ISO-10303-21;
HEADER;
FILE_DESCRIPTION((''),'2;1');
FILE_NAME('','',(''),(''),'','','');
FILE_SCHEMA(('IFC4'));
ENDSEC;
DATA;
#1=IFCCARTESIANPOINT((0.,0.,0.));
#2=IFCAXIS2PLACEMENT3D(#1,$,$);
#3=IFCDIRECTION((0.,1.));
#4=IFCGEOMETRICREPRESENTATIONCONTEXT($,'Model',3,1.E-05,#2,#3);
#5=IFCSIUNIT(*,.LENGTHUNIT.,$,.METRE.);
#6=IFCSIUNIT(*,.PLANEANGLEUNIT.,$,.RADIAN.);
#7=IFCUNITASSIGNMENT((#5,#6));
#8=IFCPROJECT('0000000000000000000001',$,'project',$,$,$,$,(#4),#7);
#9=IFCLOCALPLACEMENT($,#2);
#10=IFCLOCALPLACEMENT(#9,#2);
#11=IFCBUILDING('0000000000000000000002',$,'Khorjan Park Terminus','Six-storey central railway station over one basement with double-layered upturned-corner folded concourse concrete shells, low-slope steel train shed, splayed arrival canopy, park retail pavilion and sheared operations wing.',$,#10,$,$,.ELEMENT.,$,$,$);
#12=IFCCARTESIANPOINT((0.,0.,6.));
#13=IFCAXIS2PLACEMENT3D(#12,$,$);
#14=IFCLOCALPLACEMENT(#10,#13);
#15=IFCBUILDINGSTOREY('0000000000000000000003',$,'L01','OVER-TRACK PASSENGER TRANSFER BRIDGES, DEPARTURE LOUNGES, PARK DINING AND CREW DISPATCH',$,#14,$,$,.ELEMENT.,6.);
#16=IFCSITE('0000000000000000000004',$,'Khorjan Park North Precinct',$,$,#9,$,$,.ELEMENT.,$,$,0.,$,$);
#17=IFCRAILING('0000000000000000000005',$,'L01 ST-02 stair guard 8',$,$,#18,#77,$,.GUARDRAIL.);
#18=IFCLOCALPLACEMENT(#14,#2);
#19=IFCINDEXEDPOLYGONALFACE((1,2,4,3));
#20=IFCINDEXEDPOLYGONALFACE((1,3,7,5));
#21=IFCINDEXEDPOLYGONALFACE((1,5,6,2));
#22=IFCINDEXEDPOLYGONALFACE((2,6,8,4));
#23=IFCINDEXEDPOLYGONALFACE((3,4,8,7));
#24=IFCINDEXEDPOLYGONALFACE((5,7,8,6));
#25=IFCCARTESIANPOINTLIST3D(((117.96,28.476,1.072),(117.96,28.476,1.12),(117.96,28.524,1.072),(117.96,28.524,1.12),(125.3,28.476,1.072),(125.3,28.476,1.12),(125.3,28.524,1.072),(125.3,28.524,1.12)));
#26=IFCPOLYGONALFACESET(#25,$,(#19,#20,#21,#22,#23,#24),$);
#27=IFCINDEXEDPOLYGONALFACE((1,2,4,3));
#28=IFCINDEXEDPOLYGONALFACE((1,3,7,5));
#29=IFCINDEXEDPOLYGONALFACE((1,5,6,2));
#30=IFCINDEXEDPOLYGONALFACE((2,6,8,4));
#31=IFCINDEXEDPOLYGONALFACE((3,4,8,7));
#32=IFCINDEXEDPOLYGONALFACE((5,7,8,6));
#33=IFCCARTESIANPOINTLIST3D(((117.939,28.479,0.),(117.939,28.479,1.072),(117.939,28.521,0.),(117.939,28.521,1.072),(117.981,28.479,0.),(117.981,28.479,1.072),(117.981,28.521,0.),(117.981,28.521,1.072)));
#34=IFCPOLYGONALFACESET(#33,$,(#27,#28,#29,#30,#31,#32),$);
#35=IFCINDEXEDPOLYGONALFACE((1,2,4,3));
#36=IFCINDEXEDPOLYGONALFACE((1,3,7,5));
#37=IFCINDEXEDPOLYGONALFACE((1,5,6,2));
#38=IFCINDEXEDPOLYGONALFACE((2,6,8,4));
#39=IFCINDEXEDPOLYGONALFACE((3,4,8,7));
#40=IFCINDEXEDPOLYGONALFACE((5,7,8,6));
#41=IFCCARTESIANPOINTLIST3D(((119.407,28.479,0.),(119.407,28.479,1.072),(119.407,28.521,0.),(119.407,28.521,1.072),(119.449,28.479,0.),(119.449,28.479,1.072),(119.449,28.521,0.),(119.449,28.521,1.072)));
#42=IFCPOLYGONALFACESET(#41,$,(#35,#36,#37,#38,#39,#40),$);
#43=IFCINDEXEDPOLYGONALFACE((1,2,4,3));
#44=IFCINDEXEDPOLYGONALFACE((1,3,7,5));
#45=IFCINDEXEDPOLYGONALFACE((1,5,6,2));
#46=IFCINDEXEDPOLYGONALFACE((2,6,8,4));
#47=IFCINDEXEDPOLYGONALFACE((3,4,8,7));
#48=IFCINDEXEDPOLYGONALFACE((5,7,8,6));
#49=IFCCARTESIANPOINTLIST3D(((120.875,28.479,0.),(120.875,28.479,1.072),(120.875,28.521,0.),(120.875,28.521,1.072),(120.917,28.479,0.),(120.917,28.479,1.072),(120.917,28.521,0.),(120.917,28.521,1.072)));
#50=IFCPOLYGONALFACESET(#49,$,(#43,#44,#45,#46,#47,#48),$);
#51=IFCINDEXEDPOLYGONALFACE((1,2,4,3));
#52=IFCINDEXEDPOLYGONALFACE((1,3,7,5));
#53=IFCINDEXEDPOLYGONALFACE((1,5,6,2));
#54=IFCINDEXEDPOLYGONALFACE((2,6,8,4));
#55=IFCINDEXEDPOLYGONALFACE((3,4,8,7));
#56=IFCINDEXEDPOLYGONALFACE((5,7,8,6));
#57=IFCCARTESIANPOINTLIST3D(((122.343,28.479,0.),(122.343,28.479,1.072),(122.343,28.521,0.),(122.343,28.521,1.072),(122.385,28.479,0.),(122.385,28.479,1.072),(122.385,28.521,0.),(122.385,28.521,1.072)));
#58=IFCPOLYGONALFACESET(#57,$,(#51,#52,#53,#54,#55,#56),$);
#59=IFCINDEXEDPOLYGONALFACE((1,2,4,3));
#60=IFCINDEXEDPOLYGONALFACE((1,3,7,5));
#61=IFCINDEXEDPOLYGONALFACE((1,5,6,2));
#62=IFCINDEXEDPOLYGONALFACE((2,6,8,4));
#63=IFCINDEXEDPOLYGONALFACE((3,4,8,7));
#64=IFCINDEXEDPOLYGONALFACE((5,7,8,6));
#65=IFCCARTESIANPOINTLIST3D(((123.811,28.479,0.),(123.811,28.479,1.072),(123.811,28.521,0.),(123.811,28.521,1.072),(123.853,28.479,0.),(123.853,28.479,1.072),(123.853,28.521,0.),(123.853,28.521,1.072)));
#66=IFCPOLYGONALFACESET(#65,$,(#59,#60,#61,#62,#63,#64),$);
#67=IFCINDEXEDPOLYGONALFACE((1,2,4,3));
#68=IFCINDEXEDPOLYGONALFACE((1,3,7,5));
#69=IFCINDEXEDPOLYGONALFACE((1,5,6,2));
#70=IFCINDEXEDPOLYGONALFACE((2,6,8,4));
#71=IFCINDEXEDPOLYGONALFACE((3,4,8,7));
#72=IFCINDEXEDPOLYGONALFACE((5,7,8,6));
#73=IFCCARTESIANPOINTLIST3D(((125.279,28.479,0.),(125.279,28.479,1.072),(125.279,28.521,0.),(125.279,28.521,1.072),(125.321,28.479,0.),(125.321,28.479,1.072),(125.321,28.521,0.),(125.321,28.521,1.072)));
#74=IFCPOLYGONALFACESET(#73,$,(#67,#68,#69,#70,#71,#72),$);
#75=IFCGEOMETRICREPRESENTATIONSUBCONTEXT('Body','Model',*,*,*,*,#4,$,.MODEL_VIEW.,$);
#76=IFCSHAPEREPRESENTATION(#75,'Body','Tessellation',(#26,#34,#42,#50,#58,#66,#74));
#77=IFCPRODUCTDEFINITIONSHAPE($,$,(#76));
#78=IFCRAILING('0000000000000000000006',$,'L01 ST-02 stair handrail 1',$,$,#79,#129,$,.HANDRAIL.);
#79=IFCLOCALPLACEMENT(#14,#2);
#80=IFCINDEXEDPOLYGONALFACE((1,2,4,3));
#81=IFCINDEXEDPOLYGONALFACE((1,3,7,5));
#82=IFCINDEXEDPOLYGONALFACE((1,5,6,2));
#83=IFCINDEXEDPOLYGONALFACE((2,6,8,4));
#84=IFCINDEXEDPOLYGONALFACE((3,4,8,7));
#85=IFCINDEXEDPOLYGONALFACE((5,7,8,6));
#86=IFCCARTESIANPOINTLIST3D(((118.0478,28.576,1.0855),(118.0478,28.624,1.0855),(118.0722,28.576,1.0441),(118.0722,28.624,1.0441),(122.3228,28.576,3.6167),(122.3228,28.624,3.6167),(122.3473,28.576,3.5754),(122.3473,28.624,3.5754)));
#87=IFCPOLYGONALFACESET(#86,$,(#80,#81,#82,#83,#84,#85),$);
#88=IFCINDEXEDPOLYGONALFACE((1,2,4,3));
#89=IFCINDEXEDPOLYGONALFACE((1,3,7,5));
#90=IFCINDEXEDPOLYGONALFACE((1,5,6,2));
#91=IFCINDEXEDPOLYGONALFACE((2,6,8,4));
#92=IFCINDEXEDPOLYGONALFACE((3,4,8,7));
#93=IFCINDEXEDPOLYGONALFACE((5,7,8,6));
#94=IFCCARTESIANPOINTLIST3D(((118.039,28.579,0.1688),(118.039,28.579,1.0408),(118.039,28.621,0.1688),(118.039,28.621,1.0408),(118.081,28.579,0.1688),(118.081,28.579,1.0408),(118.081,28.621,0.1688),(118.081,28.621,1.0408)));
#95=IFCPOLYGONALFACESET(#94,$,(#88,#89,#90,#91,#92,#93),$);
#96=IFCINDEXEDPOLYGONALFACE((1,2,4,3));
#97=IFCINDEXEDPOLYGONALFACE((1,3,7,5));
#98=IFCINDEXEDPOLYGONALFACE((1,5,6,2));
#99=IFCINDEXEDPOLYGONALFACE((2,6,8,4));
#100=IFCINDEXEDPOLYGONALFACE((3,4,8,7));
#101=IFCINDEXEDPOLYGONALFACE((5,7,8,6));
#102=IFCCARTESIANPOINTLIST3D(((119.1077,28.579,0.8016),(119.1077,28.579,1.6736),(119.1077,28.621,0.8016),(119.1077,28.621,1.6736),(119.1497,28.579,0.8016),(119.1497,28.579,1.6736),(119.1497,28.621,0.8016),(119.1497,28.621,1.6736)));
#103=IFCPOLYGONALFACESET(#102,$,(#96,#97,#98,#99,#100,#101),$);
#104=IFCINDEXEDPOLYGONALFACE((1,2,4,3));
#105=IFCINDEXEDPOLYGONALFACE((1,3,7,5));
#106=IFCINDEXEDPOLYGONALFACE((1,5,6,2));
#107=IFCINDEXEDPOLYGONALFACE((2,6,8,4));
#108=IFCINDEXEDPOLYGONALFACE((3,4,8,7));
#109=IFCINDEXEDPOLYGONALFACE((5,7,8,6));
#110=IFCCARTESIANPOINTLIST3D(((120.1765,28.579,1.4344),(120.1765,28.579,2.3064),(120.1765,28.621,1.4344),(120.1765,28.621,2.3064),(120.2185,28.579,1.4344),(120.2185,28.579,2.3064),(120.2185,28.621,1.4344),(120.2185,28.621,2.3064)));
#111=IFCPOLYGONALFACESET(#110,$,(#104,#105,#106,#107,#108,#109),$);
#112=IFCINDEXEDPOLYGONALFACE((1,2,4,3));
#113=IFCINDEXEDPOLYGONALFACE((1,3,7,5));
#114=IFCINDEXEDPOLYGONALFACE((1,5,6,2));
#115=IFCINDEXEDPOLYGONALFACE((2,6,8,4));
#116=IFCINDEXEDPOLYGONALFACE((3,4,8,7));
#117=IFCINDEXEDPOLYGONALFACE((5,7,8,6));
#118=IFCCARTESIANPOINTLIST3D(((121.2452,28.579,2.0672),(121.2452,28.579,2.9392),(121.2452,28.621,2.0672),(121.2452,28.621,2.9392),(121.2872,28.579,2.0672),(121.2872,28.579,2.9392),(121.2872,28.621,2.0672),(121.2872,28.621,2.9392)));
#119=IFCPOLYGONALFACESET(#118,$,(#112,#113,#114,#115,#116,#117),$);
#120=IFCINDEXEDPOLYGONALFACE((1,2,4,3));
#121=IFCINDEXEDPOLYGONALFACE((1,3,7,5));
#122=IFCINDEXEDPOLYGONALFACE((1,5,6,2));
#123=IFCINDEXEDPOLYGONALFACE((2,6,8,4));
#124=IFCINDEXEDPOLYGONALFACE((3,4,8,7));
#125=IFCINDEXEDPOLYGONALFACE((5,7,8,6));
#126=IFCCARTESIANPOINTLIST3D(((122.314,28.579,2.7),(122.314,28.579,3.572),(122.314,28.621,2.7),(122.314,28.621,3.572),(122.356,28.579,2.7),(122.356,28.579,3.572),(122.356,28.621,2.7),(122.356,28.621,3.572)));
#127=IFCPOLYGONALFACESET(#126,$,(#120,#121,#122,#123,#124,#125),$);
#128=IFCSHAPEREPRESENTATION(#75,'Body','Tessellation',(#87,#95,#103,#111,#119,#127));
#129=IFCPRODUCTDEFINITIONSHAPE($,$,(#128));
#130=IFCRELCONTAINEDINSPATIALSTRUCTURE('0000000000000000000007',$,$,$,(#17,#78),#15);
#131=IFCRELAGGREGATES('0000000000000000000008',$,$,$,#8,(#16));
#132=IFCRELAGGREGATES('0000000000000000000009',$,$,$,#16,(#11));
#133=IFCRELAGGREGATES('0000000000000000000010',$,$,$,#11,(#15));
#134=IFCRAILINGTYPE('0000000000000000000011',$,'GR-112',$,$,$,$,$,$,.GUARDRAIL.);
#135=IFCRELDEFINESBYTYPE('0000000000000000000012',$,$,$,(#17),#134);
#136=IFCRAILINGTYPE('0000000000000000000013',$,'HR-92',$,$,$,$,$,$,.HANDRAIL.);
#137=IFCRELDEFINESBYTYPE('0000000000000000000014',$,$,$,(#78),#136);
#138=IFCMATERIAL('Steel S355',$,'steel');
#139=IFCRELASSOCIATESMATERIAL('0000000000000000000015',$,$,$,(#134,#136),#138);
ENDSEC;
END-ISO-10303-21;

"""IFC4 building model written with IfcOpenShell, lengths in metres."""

from ifc_helpers import new_model, si_unit, direction, frame, origin, origin_2d, place, context, subcontext, project, spatial, rectangle, extrude, material, type_object, element, save


model = new_model("IFC4")

# Units and contexts
model_context = context("Model", 3, precision=1e-05, world=origin(), true_north=direction((0.0, 1.0)))
body_context = subcontext(model_context, "Body", "Model", "MODEL_VIEW")
ifc_project = project(units=[si_unit("LENGTHUNIT", "METRE"), si_unit("PLANEANGLEUNIT", "RADIAN")], contexts=[model_context])

# Site, building, storey
site_placement = place(None, origin())
site = spatial("IfcSite", under=ifc_project, at=site_placement, Name="Khorjan Park North Precinct", CompositionType="ELEMENT", RefElevation=0.0)
building_placement = place(site_placement, origin())
building = spatial("IfcBuilding", under=site, at=building_placement, Name="Khorjan Park Terminus", Description="Six-storey central railway station over one basement with double-layered upturned-corner folded concourse concrete shells, low-slope steel train shed, splayed arrival canopy, park retail pavilion and sheared operations wing.", CompositionType="ELEMENT")
storey_placement = place(building_placement, frame((0.0, 0.0, 6.0)))
storey = spatial("IfcBuildingStorey", under=building, at=storey_placement, Name="L01", Description="OVER-TRACK PASSENGER TRANSFER BRIDGES, DEPARTURE LOUNGES, PARK DINING AND CREW DISPATCH", CompositionType="ELEMENT", Elevation=6.0)

# Railings
ifc_material_1 = material(Name="Steel S355", Category="steel")
railing_type_1 = type_object("IfcRailingType", Name="GR-112", PredefinedType="GUARDRAIL", material=ifc_material_1)
railing_1_placement = place(storey_placement, frame((117.96, 28.5, 0.0)))
element("IfcRailing", 1, at=railing_1_placement, inside=storey, type_object=railing_type_1, Name="L01 ST-02 stair guard 8", PredefinedType="GUARDRAIL", context=body_context, shape_type="SweptSolid", body=[
    extrude(rectangle(XDim=0.048, YDim=0.048, at=origin_2d()), frame((0.0, 0.0, 1.096), z_axis=(1.0, 0.0, 0.0), x_axis=(0.0, 1.0, 0.0)), (0.0, 0.0, 1.0), 7.34),
    extrude(rectangle(XDim=0.042, YDim=0.042, at=origin_2d()), origin(), (0.0, 0.0, 1.0), 1.072),
    extrude(rectangle(XDim=0.042, YDim=0.042, at=origin_2d()), frame((1.468, 0.0, 0.0)), (0.0, 0.0, 1.0), 1.072),
    extrude(rectangle(XDim=0.042, YDim=0.042, at=origin_2d()), frame((2.936, 0.0, 0.0)), (0.0, 0.0, 1.0), 1.072),
    extrude(rectangle(XDim=0.042, YDim=0.042, at=origin_2d()), frame((4.404, 0.0, 0.0)), (0.0, 0.0, 1.0), 1.072),
    extrude(rectangle(XDim=0.042, YDim=0.042, at=origin_2d()), frame((5.872, 0.0, 0.0)), (0.0, 0.0, 1.0), 1.072),
    extrude(rectangle(XDim=0.042, YDim=0.042, at=origin_2d()), frame((7.34, 0.0, 0.0)), (0.0, 0.0, 1.0), 1.072),
])
railing_type_2 = type_object("IfcRailingType", Name="HR-92", PredefinedType="HANDRAIL", material=ifc_material_1)
railing_2_placement = place(storey_placement, frame((118.06, 28.6, 0.1688)))
element("IfcRailing", 2, at=railing_2_placement, inside=storey, type_object=railing_type_2, Name="L01 ST-02 stair handrail 1", PredefinedType="HANDRAIL", context=body_context, shape_type="SweptSolid", body=[
    extrude(rectangle(XDim=0.048, YDim=0.048, at=origin_2d()), frame((0.0, 0.0, 0.896), z_axis=(0.86048, 0.0, 0.509485), x_axis=(0.0, 1.0, 0.0)), (0.0, 0.0, 1.0), 4.9682),
    extrude(rectangle(XDim=0.042, YDim=0.042, at=origin_2d()), origin(), (0.0, 0.0, 1.0), 0.872),
    extrude(rectangle(XDim=0.042, YDim=0.042, at=origin_2d()), frame((1.0687, 0.0, 0.6328)), (0.0, 0.0, 1.0), 0.872),
    extrude(rectangle(XDim=0.042, YDim=0.042, at=origin_2d()), frame((2.1375, 0.0, 1.2656)), (0.0, 0.0, 1.0), 0.872),
    extrude(rectangle(XDim=0.042, YDim=0.042, at=origin_2d()), frame((3.2062, 0.0, 1.8984)), (0.0, 0.0, 1.0), 0.872),
    extrude(rectangle(XDim=0.042, YDim=0.042, at=origin_2d()), frame((4.275, 0.0, 2.5312)), (0.0, 0.0, 1.0), 0.872),
])

save(model, "model.ifc")
